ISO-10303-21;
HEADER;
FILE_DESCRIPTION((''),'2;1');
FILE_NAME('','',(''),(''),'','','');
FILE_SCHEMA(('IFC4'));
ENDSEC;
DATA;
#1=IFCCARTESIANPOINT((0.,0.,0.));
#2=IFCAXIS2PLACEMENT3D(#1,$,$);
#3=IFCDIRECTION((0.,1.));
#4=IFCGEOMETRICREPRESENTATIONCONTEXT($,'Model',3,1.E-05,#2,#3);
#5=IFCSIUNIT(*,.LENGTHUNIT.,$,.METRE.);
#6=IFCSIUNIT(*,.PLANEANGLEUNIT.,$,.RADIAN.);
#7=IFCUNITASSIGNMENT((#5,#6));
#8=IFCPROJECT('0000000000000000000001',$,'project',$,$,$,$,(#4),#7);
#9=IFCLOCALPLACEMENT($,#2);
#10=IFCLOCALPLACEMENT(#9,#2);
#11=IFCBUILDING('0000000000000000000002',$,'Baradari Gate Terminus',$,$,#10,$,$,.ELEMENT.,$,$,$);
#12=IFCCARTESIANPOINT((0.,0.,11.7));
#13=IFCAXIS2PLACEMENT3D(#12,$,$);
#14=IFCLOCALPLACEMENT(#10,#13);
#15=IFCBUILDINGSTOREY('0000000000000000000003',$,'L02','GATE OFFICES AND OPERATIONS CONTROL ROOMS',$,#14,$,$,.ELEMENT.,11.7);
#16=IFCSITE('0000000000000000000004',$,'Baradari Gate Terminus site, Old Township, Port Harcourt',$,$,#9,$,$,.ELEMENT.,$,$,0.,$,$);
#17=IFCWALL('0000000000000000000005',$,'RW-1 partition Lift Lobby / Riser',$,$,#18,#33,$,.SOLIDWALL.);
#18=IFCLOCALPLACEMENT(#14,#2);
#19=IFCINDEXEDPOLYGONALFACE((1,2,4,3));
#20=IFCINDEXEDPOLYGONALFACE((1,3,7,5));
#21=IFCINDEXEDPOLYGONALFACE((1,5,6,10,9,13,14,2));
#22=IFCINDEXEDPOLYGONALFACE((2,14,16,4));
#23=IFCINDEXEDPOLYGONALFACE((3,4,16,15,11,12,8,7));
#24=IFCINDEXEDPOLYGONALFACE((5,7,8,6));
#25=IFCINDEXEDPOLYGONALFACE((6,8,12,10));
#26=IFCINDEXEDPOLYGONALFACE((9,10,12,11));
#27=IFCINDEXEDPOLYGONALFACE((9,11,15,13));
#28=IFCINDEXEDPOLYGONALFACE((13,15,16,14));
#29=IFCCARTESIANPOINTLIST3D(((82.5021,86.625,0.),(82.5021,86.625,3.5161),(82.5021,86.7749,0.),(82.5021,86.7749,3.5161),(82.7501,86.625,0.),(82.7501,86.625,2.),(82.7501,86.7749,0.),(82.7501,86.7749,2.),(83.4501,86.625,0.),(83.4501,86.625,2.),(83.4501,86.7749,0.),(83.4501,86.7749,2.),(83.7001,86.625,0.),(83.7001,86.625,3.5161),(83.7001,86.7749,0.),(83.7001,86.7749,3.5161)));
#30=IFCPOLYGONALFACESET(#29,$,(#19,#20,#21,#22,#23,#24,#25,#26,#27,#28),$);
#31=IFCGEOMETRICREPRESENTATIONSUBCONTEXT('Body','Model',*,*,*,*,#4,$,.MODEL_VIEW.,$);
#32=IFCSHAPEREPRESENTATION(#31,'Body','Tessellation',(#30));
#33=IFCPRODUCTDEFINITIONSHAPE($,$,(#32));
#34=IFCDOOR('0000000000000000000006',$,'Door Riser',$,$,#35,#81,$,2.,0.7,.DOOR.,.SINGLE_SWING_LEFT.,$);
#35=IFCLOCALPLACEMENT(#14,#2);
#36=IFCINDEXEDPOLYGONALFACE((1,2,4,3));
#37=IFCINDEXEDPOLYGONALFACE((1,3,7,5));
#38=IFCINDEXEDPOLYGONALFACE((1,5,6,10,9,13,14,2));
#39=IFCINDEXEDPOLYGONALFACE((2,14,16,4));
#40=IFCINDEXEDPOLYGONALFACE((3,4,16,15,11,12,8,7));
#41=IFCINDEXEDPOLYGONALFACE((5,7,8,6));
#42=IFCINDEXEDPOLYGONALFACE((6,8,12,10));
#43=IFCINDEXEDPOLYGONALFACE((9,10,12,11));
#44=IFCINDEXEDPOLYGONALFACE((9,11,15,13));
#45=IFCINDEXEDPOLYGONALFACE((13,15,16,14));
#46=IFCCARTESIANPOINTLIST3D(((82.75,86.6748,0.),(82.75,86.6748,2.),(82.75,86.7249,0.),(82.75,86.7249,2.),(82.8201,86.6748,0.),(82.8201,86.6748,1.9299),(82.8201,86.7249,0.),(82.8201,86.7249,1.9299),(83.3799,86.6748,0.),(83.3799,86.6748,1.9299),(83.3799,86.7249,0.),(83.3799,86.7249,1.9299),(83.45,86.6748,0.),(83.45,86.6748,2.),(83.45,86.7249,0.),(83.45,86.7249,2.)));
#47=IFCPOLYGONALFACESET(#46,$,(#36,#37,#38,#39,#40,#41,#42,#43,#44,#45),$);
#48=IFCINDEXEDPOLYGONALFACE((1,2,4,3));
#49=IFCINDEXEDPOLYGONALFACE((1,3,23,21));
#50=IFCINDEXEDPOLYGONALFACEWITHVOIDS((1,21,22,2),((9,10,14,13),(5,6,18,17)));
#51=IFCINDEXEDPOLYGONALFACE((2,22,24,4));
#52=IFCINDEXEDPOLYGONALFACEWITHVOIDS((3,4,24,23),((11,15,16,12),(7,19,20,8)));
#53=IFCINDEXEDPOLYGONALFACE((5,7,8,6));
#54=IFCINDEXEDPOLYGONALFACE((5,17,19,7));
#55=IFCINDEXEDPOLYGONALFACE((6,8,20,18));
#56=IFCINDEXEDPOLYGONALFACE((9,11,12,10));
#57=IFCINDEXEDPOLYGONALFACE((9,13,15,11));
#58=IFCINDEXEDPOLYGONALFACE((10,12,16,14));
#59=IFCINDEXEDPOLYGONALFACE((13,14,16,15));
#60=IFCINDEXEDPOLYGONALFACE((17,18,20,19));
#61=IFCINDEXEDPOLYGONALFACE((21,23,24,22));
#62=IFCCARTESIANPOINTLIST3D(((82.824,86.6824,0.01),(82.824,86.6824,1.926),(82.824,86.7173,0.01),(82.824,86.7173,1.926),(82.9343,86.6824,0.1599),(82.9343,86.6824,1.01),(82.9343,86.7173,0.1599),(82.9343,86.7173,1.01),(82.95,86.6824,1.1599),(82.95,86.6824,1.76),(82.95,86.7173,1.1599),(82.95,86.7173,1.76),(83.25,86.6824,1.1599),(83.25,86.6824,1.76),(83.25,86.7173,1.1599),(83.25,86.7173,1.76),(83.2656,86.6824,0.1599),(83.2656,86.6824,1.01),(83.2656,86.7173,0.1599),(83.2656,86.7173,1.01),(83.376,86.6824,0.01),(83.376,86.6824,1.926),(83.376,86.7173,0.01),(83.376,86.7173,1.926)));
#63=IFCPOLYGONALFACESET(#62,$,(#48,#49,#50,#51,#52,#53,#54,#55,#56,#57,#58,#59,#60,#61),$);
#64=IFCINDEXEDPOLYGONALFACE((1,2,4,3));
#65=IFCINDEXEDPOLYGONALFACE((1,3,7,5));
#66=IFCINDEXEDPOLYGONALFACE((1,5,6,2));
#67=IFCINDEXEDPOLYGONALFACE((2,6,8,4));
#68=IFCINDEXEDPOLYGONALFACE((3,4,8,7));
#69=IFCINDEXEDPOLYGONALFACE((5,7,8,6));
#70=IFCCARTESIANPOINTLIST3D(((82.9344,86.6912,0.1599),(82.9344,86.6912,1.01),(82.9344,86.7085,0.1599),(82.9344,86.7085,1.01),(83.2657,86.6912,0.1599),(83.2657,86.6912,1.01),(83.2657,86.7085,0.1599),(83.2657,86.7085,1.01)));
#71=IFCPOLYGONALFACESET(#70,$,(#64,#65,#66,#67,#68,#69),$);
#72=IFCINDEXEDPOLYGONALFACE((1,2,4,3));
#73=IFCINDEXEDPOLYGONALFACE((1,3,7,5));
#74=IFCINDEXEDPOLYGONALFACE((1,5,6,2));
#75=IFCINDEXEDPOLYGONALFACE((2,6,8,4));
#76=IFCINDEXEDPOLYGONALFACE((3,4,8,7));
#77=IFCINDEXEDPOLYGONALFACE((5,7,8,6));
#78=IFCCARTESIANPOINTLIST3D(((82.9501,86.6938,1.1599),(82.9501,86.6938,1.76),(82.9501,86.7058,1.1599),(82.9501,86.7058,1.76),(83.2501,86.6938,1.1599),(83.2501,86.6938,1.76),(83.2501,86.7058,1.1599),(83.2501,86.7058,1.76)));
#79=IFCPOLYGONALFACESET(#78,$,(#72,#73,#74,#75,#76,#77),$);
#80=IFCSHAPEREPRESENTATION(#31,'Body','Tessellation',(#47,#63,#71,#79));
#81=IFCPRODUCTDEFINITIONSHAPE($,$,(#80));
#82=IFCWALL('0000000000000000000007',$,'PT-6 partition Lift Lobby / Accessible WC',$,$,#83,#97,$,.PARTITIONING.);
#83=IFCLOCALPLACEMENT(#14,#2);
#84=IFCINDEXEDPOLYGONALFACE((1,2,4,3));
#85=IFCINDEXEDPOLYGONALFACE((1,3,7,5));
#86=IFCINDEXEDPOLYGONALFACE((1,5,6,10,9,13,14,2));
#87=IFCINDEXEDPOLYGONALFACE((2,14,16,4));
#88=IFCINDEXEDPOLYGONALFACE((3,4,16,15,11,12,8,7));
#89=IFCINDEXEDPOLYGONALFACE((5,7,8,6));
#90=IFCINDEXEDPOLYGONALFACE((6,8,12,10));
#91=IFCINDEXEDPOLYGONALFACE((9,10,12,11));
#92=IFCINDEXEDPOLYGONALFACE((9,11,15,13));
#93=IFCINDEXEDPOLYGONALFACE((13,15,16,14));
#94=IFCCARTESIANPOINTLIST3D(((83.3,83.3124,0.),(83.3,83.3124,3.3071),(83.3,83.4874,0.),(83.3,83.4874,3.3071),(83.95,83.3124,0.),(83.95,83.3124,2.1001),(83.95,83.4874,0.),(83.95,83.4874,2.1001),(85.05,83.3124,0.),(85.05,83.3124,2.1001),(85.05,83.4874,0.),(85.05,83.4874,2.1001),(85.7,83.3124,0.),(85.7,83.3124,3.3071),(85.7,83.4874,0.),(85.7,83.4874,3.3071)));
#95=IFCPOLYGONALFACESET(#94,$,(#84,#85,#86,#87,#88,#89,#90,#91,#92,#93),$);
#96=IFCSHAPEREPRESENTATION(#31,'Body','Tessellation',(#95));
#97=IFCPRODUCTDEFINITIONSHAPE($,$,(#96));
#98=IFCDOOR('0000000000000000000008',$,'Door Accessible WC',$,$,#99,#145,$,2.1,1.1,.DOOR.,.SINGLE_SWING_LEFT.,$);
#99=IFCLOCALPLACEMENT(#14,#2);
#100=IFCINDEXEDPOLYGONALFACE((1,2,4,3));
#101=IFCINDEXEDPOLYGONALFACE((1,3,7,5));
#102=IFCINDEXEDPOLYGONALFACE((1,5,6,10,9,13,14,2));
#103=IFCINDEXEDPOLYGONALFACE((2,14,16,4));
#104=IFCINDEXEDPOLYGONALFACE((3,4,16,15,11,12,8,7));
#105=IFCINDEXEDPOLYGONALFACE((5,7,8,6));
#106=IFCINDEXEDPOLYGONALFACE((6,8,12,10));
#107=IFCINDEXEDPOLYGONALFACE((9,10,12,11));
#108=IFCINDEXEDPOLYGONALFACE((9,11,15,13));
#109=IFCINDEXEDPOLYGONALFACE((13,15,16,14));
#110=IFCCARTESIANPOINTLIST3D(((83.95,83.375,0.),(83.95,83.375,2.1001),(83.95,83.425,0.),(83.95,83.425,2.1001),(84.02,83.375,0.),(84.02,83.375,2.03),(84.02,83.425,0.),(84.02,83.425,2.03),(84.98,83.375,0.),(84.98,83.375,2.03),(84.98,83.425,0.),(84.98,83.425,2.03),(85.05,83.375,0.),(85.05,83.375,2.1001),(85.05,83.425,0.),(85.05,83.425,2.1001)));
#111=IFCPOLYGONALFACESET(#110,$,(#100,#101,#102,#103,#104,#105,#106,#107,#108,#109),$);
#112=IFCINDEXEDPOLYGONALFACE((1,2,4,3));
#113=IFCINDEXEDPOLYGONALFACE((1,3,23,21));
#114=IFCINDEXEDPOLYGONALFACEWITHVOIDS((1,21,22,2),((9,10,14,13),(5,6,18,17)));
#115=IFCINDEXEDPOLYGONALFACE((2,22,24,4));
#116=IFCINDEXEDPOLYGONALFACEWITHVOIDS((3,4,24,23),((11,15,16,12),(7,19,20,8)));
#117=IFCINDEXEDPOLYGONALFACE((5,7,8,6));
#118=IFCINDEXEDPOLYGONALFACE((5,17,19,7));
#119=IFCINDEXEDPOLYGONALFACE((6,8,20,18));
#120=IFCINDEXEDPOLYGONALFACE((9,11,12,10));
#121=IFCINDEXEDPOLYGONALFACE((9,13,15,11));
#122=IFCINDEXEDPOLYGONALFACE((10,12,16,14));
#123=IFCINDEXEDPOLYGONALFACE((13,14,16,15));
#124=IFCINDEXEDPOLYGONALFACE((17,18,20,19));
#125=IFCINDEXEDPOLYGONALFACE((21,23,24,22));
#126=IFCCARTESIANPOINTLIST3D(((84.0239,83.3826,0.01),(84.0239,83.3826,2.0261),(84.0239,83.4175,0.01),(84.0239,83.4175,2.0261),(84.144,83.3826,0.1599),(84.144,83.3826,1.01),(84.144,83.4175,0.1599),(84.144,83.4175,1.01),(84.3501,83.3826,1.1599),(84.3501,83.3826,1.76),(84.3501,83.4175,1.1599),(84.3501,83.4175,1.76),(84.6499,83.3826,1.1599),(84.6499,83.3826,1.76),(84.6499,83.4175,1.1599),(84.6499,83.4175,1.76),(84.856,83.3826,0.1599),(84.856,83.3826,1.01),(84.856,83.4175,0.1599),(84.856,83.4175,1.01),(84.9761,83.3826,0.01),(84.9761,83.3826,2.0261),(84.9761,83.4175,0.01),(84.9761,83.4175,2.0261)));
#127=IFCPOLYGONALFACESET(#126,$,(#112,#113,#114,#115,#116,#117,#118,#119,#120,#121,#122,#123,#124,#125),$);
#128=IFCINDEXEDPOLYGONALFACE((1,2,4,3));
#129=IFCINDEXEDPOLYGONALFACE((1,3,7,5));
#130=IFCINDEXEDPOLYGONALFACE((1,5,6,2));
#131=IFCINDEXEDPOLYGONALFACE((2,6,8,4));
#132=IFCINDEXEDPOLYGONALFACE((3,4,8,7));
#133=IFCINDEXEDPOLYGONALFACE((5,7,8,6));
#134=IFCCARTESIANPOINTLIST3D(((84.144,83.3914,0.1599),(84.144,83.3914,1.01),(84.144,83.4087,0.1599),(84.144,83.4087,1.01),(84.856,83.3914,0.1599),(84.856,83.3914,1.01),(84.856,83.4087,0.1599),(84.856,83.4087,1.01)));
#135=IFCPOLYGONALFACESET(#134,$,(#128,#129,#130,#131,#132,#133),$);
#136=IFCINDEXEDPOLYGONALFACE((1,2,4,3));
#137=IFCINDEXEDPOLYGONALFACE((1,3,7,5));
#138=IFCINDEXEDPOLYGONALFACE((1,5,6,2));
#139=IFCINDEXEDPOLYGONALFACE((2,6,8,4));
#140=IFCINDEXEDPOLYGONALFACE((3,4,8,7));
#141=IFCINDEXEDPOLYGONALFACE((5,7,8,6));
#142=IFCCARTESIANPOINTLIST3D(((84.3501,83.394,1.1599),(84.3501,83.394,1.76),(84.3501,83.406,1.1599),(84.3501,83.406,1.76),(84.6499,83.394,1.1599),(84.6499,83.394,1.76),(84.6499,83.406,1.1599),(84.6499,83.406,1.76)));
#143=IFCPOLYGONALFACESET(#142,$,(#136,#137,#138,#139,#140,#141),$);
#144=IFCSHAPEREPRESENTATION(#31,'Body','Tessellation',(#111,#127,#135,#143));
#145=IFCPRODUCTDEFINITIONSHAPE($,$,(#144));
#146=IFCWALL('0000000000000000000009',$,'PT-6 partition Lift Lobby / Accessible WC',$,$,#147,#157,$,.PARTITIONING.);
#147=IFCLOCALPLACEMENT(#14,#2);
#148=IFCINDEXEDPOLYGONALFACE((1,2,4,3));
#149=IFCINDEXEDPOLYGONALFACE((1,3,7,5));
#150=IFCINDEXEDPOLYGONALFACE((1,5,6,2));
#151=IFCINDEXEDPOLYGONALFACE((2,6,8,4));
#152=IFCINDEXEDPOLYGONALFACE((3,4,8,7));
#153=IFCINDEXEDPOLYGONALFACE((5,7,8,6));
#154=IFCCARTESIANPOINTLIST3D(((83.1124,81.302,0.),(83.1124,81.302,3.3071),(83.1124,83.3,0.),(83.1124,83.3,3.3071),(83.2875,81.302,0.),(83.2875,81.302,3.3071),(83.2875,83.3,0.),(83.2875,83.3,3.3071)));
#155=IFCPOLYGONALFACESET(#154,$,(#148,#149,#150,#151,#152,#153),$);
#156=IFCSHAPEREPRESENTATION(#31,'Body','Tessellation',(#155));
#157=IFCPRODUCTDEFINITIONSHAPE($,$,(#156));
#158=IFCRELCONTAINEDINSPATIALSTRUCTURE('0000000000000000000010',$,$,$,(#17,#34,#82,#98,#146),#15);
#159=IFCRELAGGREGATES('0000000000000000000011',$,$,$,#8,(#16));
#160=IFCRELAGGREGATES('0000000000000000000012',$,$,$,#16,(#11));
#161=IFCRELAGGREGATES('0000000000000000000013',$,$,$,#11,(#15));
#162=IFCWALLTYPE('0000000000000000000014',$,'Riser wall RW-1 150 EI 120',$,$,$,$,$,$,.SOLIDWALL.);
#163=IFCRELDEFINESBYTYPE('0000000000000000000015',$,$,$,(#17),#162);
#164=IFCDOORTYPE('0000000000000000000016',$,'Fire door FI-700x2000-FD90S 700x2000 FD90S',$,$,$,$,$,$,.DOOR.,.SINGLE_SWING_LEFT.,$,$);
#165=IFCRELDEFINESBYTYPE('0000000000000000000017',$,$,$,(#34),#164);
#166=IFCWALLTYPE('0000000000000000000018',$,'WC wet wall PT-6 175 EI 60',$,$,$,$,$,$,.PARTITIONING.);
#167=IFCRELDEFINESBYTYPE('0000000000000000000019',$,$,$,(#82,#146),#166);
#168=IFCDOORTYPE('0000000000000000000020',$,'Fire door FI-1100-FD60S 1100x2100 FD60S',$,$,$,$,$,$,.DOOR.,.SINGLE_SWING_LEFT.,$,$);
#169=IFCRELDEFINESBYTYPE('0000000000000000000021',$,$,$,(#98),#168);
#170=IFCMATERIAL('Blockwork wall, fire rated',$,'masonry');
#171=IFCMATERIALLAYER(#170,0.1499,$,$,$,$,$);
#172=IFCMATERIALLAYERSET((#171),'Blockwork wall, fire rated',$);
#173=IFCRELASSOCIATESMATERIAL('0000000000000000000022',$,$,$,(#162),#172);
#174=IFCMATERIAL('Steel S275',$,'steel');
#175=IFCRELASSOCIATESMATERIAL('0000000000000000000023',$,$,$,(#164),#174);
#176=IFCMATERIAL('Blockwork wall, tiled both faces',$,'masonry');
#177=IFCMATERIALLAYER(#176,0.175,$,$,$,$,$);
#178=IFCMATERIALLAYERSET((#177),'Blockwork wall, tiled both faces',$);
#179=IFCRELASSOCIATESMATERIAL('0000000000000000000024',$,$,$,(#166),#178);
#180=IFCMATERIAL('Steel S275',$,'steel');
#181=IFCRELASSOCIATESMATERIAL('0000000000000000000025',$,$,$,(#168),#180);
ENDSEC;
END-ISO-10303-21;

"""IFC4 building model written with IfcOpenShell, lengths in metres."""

from ifc_helpers import new_model, si_unit, direction, frame, frame_2d, origin, place, context, subcontext, project, spatial, polyline, rectangle, outline, extrude, material, layer, layer_set, type_object, element, fill, save


model = new_model("IFC4")

# Units and contexts
model_context = context("Model", 3, precision=1e-05, world=origin(), true_north=direction((0.0, 1.0)))
body_context = subcontext(model_context, "Body", "Model", "MODEL_VIEW")
ifc_project = project(units=[si_unit("LENGTHUNIT", "METRE"), si_unit("PLANEANGLEUNIT", "RADIAN")], contexts=[model_context])

# Site, building, storey
site_placement = place(None, origin())
site = spatial("IfcSite", under=ifc_project, at=site_placement, Name="Baradari Gate Terminus site, Old Township, Port Harcourt", CompositionType="ELEMENT", RefElevation=0.0)
building_placement = place(site_placement, origin())
building = spatial("IfcBuilding", under=site, at=building_placement, Name="Baradari Gate Terminus", CompositionType="ELEMENT")
storey_placement = place(building_placement, frame((0.0, 0.0, 11.7)))
storey = spatial("IfcBuildingStorey", under=building, at=storey_placement, Name="L02", Description="GATE OFFICES AND OPERATIONS CONTROL ROOMS", CompositionType="ELEMENT", Elevation=11.7)

# Walls, openings, doors
ifc_material_1 = material(Name="Blockwork wall, fire rated", Category="masonry")
ifc_layer_1 = layer(ifc_material_1, 0.1499)
ifc_layer_set_1 = layer_set([ifc_layer_1], Name="Blockwork wall, fire rated")
wall_type_1 = type_object("IfcWallType", Name="Riser wall RW-1 150 EI 120", PredefinedType="SOLIDWALL", material=ifc_layer_set_1)
wall_1_placement = place(storey_placement, frame((82.502, 86.7, 0.0), z_axis=(0.0, 0.0, 1.0), x_axis=(1.0, 0.0, 0.0)))
wall_1 = element("IfcWall", 1, at=wall_1_placement, inside=storey, type_object=wall_type_1, Name="RW-1 partition Lift Lobby / Riser", PredefinedType="SOLIDWALL", context=body_context, shape_type="SweptSolid", body=[
    extrude(rectangle(XDim=1.198, YDim=0.1499, at=frame_2d((0.5991, 0.0))), origin(), (0.0, 0.0, 1.0), 3.5161),
])
opening_1_placement = place(wall_1_placement, frame((0.248, 0.0, 0.0)))
opening_1 = element("IfcOpeningElement", 2, at=opening_1_placement, cuts=wall_1, PredefinedType="OPENING", context=body_context, shape_type="SweptSolid", body=[
    extrude(rectangle(XDim=0.7, YDim=2.0, at=frame_2d((0.3501, 1.0))), frame((0.0, 0.085, 0.0), z_axis=(0.0, -1.0, 0.0), x_axis=(1.0, 0.0, 0.0)), (0.0, 0.0, 1.0), 0.1699),
])
ifc_material_2 = material(Name="Steel S275", Category="steel")
door_type_1 = type_object("IfcDoorType", Name="Fire door FI-700x2000-FD90S 700x2000 FD90S", OperationType="SINGLE_SWING_LEFT", PredefinedType="DOOR", material=ifc_material_2)
door_1_placement = place(opening_1_placement, origin())
door_1 = element("IfcDoor", 3, at=door_1_placement, inside=storey, type_object=door_type_1, Name="Door Riser", OperationType="SINGLE_SWING_LEFT", OverallHeight=2.0, OverallWidth=0.7, PredefinedType="DOOR", context=body_context, shape_type="SweptSolid", body=[
    extrude(outline(polyline([(0.0, 0.0), (0.0701, 0.0), (0.0701, 1.9299), (0.6299, 1.9299), (0.6299, 0.0), (0.7, 0.0), (0.7, 2.0), (0.0, 2.0), (0.0, 0.0)])), frame((0.0, 0.0249, 0.0), z_axis=(0.0, -1.0, 0.0), x_axis=(1.0, 0.0, 0.0)), (0.0, 0.0, 1.0), 0.05),
    extrude(outline(polyline([(0.074, 0.01), (0.626, 0.01), (0.626, 1.926), (0.074, 1.926), (0.074, 0.01)]), holes=[polyline([(0.1843, 0.1599), (0.5156, 0.1599), (0.5156, 1.01), (0.1843, 1.01), (0.1843, 0.1599)]), polyline([(0.2, 1.1599), (0.5, 1.1599), (0.5, 1.76), (0.2, 1.76), (0.2, 1.1599)])]), frame((0.0, 0.0173, 0.0), z_axis=(0.0, -1.0, 0.0), x_axis=(1.0, 0.0, 0.0)), (0.0, 0.0, 1.0), 0.0349),
    extrude(rectangle(XDim=0.3313, YDim=0.8501, at=frame_2d((0.3501, 0.585))), frame((0.0, 0.0085, 0.0), z_axis=(0.0, -1.0, 0.0), x_axis=(1.0, 0.0, 0.0)), (0.0, 0.0, 1.0), 0.0173),
    extrude(rectangle(XDim=0.3, YDim=0.6001, at=frame_2d((0.3501, 1.46))), frame((0.0, 0.0059, 0.0), z_axis=(0.0, -1.0, 0.0), x_axis=(1.0, 0.0, 0.0)), (0.0, 0.0, 1.0), 0.012),
])
fill(opening_1, door_1)
ifc_material_3 = material(Name="Blockwork wall, tiled both faces", Category="masonry")
ifc_layer_2 = layer(ifc_material_3, 0.175)
ifc_layer_set_2 = layer_set([ifc_layer_2], Name="Blockwork wall, tiled both faces")
wall_type_2 = type_object("IfcWallType", Name="WC wet wall PT-6 175 EI 60", PredefinedType="PARTITIONING", material=ifc_layer_set_2)
wall_2_placement = place(storey_placement, frame((85.7, 83.3999, 0.0), z_axis=(0.0, 0.0, 1.0), x_axis=(-1.0, 0.0, 0.0)))
wall_2 = element("IfcWall", 4, at=wall_2_placement, inside=storey, type_object=wall_type_2, Name="PT-6 partition Lift Lobby / Accessible WC", PredefinedType="PARTITIONING", context=body_context, shape_type="SweptSolid", body=[
    extrude(rectangle(XDim=2.3999, YDim=0.175, at=frame_2d((1.2, 0.0))), origin(), (0.0, 0.0, 1.0), 3.3071),
])
opening_2_placement = place(wall_2_placement, frame((0.6499, 0.0, 0.0)))
opening_2 = element("IfcOpeningElement", 5, at=opening_2_placement, cuts=wall_2, PredefinedType="OPENING", context=body_context, shape_type="SweptSolid", body=[
    extrude(rectangle(XDim=1.1001, YDim=2.1001, at=frame_2d((0.55, 1.05))), frame((0.0, 0.0974, 0.0), z_axis=(0.0, -1.0, 0.0), x_axis=(1.0, 0.0, 0.0)), (0.0, 0.0, 1.0), 0.1951),
])
ifc_material_4 = material(Name="Steel S275", Category="steel")
door_type_2 = type_object("IfcDoorType", Name="Fire door FI-1100-FD60S 1100x2100 FD60S", OperationType="SINGLE_SWING_LEFT", PredefinedType="DOOR", material=ifc_material_4)
door_2_placement = place(opening_2_placement, origin())
door_2 = element("IfcDoor", 6, at=door_2_placement, inside=storey, type_object=door_type_2, Name="Door Accessible WC", OperationType="SINGLE_SWING_LEFT", OverallHeight=2.1, OverallWidth=1.1, PredefinedType="DOOR", context=body_context, shape_type="SweptSolid", body=[
    extrude(outline(polyline([(0.0, 0.0), (0.0701, 0.0), (0.0701, 2.03), (1.03, 2.03), (1.03, 0.0), (1.1001, 0.0), (1.1001, 2.1001), (0.0, 2.1001), (0.0, 0.0)])), frame((0.0, 0.0249, 0.0), z_axis=(0.0, -1.0, 0.0), x_axis=(1.0, 0.0, 0.0)), (0.0, 0.0, 1.0), 0.05),
    extrude(outline(polyline([(0.074, 0.01), (1.0261, 0.01), (1.0261, 2.0261), (0.074, 2.0261), (0.074, 0.01)]), holes=[polyline([(0.1941, 0.1599), (0.906, 0.1599), (0.906, 1.01), (0.1941, 1.01), (0.1941, 0.1599)]), polyline([(0.4001, 1.1599), (0.7, 1.1599), (0.7, 1.76), (0.4001, 1.76), (0.4001, 1.1599)])]), frame((0.0, 0.0173, 0.0), z_axis=(0.0, -1.0, 0.0), x_axis=(1.0, 0.0, 0.0)), (0.0, 0.0, 1.0), 0.0349),
    extrude(rectangle(XDim=0.7119, YDim=0.8501, at=frame_2d((0.55, 0.585))), frame((0.0, 0.0085, 0.0), z_axis=(0.0, -1.0, 0.0), x_axis=(1.0, 0.0, 0.0)), (0.0, 0.0, 1.0), 0.0173),
    extrude(rectangle(XDim=0.2998, YDim=0.6001, at=frame_2d((0.55, 1.46))), frame((0.0, 0.0059, 0.0), z_axis=(0.0, -1.0, 0.0), x_axis=(1.0, 0.0, 0.0)), (0.0, 0.0, 1.0), 0.012),
])
fill(opening_2, door_2)

# Wall
wall_3_placement = place(storey_placement, frame((83.2, 83.3, 0.0), z_axis=(0.0, 0.0, 1.0), x_axis=(0.0, -1.0, 0.0)))
element("IfcWall", 7, at=wall_3_placement, inside=storey, type_object=wall_type_2, Name="PT-6 partition Lift Lobby / Accessible WC", PredefinedType="PARTITIONING", context=body_context, shape_type="SweptSolid", body=[
    extrude(rectangle(XDim=1.998, YDim=0.175, at=frame_2d((0.999, 0.0))), origin(), (0.0, 0.0, 1.0), 3.3071),
])

save(model, "model.ifc")
